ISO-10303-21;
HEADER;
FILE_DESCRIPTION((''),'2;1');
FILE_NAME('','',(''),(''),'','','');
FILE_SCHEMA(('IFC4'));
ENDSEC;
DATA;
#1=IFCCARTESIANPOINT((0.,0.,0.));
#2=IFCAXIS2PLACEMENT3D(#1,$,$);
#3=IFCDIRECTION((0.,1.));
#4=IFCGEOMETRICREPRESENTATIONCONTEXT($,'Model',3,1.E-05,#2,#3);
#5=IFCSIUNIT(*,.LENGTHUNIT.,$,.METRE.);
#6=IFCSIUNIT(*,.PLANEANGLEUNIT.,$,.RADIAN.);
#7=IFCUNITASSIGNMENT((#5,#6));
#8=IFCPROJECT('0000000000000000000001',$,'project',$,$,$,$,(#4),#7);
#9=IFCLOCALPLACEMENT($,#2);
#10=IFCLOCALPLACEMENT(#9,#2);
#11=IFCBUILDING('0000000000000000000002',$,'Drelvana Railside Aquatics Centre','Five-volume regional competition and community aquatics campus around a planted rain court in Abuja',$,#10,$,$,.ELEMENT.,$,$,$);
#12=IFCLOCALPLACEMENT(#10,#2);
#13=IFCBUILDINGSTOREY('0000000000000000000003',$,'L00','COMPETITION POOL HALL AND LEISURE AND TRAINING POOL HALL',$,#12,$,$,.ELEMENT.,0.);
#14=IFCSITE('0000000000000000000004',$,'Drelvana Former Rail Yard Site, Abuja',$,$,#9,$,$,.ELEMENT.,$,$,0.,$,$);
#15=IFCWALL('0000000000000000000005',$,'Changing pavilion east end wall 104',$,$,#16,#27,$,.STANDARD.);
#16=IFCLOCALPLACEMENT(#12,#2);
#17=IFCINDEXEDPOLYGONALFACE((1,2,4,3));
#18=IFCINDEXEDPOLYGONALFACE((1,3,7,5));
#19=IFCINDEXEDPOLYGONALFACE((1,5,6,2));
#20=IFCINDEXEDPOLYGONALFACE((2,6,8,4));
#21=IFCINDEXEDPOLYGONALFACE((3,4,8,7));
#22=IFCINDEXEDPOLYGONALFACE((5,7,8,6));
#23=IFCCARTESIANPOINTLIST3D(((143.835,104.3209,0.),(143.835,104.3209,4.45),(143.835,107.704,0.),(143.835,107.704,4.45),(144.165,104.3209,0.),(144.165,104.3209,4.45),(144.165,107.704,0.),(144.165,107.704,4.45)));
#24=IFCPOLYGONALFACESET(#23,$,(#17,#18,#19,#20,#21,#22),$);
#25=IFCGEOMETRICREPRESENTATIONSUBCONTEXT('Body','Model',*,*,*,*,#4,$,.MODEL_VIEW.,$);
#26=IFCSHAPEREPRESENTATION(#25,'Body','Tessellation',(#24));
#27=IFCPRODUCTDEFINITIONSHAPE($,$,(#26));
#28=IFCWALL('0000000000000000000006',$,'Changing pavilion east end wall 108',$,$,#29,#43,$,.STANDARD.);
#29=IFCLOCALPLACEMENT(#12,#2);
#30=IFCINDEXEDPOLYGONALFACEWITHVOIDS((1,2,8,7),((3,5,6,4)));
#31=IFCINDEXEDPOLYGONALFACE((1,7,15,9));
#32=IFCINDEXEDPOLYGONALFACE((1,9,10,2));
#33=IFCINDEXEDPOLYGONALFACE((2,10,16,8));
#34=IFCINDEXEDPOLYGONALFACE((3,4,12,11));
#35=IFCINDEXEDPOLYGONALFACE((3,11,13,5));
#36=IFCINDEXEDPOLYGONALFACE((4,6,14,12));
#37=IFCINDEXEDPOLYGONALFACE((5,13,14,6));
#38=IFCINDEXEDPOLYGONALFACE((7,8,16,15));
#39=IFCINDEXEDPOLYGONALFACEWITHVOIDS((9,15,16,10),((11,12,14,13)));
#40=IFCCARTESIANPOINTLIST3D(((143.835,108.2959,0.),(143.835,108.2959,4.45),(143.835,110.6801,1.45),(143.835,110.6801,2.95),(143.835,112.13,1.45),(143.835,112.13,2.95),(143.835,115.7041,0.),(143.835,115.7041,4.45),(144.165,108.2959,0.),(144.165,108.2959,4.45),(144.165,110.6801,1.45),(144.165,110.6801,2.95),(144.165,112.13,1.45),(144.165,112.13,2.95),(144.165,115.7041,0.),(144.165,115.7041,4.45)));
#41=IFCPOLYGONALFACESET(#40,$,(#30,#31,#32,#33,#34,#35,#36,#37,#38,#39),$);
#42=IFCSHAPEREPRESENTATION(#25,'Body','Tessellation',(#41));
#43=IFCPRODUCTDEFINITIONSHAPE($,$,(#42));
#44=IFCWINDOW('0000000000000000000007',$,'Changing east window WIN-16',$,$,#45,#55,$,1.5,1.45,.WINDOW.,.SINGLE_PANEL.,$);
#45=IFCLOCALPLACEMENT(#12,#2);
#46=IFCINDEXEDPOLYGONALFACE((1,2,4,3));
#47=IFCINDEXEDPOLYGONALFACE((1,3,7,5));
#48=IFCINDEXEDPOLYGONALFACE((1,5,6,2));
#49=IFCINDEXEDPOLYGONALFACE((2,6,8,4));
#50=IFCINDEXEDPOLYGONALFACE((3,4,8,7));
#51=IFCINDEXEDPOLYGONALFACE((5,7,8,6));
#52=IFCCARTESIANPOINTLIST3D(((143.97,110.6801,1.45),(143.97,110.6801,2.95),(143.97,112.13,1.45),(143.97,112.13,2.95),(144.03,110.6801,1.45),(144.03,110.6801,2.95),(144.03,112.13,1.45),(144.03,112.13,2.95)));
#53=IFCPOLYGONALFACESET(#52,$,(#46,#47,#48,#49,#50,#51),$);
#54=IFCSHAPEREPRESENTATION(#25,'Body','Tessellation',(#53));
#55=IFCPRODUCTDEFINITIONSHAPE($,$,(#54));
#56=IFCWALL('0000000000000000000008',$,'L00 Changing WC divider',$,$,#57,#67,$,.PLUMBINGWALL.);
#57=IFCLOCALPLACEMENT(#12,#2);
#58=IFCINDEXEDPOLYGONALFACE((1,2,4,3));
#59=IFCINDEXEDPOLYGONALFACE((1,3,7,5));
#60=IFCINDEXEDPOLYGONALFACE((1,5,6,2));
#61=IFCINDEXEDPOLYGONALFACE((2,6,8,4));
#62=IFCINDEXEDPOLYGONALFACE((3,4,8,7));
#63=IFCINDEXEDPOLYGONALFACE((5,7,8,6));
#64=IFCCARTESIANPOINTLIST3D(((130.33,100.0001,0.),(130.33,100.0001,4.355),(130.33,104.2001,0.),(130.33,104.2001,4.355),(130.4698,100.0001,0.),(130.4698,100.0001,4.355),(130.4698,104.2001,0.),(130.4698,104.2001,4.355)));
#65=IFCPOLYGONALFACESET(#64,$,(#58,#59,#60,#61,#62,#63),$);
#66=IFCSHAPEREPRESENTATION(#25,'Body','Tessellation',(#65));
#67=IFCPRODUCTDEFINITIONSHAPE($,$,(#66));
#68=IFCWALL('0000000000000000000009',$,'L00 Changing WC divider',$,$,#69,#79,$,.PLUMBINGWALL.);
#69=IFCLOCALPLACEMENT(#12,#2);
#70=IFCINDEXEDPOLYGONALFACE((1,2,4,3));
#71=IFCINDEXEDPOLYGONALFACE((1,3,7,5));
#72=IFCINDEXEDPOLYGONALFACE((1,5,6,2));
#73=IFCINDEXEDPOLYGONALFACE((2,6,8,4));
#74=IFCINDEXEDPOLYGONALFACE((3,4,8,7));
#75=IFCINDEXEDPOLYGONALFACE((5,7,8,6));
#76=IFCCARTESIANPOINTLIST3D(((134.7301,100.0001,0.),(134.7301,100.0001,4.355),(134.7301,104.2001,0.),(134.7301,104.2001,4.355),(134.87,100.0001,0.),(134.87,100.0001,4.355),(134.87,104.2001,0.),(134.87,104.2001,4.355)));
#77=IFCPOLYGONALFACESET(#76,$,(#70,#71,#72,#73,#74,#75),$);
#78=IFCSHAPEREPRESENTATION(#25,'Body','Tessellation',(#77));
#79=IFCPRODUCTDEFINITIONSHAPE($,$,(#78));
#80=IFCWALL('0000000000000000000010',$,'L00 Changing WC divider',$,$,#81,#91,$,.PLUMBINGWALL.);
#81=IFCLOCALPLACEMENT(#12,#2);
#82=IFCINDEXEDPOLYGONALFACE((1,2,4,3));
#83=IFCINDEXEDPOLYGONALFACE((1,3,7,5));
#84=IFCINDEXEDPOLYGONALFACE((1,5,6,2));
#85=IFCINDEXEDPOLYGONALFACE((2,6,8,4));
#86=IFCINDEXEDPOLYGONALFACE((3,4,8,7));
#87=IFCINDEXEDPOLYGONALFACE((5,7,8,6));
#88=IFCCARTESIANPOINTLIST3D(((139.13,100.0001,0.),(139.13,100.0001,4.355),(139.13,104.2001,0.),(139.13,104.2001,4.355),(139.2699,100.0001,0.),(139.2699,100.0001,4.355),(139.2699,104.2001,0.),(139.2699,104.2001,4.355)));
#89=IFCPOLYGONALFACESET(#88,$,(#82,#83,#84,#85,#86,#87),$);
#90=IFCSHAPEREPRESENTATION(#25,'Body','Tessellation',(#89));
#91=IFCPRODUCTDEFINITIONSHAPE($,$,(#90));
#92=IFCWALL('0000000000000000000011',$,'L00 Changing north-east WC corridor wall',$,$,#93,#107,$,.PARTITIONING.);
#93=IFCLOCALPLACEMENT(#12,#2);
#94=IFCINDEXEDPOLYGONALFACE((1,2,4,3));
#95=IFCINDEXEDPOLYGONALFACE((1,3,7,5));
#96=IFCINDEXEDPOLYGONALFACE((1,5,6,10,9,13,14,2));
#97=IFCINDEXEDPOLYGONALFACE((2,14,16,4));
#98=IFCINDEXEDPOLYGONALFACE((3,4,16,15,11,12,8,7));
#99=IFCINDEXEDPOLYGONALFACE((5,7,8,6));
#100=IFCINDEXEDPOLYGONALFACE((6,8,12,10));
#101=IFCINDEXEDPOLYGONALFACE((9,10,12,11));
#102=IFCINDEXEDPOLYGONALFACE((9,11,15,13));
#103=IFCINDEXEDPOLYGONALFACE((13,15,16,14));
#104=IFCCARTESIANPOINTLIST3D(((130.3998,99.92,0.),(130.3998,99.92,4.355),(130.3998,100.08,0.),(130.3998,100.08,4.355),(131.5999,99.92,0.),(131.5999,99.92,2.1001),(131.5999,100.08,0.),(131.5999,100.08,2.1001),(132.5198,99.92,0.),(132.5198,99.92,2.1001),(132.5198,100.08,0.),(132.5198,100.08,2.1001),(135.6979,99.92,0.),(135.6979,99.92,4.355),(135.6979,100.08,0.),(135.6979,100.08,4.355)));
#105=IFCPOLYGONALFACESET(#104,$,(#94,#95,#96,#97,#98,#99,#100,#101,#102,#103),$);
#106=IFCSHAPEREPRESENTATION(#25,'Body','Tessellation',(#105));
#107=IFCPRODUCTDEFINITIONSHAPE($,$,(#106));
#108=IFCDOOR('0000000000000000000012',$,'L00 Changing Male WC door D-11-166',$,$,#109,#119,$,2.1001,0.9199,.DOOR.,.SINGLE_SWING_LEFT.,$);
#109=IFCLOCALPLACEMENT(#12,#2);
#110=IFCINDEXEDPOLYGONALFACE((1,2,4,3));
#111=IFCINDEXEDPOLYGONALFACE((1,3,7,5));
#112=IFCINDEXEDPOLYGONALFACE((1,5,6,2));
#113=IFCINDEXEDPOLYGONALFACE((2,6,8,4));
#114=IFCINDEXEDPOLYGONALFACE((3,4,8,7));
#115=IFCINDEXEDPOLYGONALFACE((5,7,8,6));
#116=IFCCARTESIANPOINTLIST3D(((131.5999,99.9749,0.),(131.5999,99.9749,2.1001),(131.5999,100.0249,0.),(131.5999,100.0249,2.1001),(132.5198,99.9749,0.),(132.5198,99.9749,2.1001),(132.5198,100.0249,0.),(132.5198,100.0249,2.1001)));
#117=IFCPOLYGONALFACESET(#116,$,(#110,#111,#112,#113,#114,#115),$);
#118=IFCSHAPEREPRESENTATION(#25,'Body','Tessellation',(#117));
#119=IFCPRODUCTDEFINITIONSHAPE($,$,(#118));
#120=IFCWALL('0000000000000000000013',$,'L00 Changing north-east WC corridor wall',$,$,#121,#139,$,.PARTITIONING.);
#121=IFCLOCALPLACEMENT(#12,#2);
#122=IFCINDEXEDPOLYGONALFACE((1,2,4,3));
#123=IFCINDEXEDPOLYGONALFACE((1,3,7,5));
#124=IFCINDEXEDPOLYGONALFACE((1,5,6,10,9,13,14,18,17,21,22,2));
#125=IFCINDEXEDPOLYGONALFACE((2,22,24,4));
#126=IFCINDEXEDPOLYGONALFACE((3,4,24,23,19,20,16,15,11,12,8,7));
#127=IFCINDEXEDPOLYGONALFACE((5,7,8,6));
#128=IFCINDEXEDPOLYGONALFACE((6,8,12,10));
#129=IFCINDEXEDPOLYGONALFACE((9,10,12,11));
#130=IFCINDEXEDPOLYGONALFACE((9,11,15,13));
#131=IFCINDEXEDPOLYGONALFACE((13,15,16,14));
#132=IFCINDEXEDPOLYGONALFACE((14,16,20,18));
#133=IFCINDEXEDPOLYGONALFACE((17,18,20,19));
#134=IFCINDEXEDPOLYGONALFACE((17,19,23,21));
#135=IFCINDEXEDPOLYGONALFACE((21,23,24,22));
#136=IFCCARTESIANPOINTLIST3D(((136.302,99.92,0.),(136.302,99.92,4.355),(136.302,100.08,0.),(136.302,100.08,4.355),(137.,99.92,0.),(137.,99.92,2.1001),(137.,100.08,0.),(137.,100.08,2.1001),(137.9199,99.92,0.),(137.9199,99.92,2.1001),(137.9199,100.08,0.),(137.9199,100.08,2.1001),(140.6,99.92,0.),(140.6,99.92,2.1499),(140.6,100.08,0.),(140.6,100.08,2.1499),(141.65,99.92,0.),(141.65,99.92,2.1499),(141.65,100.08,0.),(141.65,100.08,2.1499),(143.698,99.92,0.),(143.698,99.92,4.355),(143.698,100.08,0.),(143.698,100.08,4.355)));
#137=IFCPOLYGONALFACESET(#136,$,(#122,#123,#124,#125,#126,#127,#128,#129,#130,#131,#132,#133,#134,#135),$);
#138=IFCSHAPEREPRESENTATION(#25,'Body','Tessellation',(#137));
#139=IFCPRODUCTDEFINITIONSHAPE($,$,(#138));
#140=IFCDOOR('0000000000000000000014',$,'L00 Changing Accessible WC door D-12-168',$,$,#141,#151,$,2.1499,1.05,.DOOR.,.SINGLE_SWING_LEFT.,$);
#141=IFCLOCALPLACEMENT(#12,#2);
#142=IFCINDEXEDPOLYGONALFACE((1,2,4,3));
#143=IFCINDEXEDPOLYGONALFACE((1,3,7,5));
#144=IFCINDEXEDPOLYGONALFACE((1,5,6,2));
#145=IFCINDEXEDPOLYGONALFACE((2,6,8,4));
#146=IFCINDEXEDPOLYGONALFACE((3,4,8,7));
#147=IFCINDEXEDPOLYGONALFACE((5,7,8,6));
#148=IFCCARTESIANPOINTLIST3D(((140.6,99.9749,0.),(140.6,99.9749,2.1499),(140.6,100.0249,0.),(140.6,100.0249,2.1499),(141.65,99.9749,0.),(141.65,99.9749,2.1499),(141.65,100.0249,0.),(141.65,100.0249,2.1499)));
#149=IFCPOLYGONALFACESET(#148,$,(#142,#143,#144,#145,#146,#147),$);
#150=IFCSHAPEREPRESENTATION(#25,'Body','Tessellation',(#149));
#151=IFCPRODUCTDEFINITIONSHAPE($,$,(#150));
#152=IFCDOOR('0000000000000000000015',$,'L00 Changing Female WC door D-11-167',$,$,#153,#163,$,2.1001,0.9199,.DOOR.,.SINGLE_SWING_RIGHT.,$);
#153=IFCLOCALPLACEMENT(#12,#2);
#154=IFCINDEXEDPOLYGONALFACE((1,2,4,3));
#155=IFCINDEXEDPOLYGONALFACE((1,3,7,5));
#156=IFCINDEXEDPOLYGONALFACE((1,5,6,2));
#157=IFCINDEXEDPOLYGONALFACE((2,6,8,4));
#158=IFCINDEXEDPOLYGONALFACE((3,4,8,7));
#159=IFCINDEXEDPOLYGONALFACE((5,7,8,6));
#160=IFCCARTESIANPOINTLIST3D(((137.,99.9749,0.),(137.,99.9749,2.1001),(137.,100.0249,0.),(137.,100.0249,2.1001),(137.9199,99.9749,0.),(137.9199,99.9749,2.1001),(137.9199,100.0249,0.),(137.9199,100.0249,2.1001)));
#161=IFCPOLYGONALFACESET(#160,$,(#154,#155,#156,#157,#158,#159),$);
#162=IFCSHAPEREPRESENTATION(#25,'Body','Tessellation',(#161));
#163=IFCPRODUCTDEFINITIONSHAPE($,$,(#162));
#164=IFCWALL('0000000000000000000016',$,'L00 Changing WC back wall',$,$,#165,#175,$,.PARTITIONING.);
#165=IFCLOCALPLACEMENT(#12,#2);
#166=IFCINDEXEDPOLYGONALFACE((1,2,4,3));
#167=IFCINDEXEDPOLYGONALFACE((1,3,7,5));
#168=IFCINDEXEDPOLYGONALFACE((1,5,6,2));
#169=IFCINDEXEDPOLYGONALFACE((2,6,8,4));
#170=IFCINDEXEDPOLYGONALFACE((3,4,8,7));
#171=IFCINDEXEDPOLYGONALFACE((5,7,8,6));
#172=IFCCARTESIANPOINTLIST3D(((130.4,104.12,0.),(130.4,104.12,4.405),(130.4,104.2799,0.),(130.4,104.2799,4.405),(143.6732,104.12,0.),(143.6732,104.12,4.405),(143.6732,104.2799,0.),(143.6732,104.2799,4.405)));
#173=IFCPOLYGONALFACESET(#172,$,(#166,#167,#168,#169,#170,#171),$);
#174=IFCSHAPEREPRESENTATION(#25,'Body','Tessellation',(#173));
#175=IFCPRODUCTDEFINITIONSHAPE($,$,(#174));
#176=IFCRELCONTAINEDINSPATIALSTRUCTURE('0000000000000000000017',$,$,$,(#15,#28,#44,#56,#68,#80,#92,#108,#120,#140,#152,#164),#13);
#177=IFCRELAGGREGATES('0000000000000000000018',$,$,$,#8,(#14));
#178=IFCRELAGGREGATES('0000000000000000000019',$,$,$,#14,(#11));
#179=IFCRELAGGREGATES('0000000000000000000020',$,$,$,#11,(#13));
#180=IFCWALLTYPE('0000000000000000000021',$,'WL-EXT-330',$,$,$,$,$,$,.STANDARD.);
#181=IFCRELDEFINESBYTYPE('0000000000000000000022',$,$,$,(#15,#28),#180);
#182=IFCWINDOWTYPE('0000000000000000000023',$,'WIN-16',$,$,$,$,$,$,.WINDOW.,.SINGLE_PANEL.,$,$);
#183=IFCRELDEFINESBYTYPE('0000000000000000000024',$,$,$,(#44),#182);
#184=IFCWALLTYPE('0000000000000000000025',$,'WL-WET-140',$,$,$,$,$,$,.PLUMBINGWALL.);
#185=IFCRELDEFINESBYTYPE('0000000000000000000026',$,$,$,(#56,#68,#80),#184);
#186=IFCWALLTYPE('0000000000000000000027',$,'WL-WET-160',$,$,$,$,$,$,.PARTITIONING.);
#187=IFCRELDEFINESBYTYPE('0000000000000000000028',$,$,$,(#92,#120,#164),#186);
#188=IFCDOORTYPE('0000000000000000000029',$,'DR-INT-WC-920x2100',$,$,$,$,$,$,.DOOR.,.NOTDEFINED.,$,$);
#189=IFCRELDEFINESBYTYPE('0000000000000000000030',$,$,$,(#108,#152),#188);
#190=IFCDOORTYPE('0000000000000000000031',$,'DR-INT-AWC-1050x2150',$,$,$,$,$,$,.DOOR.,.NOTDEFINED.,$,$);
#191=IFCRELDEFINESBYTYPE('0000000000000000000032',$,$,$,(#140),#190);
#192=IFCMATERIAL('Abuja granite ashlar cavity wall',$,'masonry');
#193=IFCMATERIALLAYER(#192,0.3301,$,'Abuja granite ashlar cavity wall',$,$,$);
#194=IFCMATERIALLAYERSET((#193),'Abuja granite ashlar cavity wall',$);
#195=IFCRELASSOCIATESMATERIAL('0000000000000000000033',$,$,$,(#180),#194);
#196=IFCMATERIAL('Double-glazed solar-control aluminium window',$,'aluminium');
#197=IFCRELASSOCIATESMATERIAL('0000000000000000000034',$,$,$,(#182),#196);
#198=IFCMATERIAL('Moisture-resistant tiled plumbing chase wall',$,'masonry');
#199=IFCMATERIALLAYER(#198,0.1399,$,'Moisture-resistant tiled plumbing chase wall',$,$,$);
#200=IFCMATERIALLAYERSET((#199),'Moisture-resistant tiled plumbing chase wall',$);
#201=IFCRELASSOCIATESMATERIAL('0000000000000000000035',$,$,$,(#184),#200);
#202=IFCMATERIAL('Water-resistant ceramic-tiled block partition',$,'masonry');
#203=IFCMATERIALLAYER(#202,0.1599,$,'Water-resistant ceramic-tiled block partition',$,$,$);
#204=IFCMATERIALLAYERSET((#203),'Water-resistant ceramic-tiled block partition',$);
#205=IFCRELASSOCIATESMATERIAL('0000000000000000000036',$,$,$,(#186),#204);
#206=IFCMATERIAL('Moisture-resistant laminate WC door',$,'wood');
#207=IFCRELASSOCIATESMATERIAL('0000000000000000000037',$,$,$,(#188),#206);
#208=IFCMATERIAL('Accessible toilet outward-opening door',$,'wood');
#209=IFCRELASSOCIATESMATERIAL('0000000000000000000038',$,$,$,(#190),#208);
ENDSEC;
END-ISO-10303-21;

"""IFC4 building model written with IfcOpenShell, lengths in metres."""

from ifc_helpers import new_model, si_unit, direction, frame, frame_2d, origin, place, context, subcontext, project, spatial, rectangle, extrude, material, layer, layer_set, type_object, element, fill, save


model = new_model("IFC4")

# Units and contexts
model_context = context("Model", 3, precision=1e-05, world=origin(), true_north=direction((0.0, 1.0)))
body_context = subcontext(model_context, "Body", "Model", "MODEL_VIEW")
ifc_project = project(units=[si_unit("LENGTHUNIT", "METRE"), si_unit("PLANEANGLEUNIT", "RADIAN")], contexts=[model_context])

# Site, building, storey
site_placement = place(None, origin())
site = spatial("IfcSite", under=ifc_project, at=site_placement, Name="Drelvana Former Rail Yard Site, Abuja", CompositionType="ELEMENT", RefElevation=0.0)
building_placement = place(site_placement, origin())
building = spatial("IfcBuilding", under=site, at=building_placement, Name="Drelvana Railside Aquatics Centre", Description="Five-volume regional competition and community aquatics campus around a planted rain court in Abuja", CompositionType="ELEMENT")
storey_placement = place(building_placement, origin())
storey = spatial("IfcBuildingStorey", under=building, at=storey_placement, Name="L00", Description="COMPETITION POOL HALL AND LEISURE AND TRAINING POOL HALL", CompositionType="ELEMENT", Elevation=0.0)

# Wall
ifc_material_1 = material(Name="Abuja granite ashlar cavity wall", Category="masonry")
ifc_layer_1 = layer(ifc_material_1, 0.3301, Name="Abuja granite ashlar cavity wall")
ifc_layer_set_1 = layer_set([ifc_layer_1], Name="Abuja granite ashlar cavity wall")
wall_type_1 = type_object("IfcWallType", Name="WL-EXT-330", PredefinedType="STANDARD", material=ifc_layer_set_1)
wall_1_placement = place(storey_placement, frame((144.0, 104.321, 0.0), z_axis=(0.0, 0.0, 1.0), x_axis=(0.0, 1.0, 0.0)))
element("IfcWall", 1, at=wall_1_placement, inside=storey, type_object=wall_type_1, Name="Changing pavilion east end wall 104", PredefinedType="STANDARD", context=body_context, shape_type="SweptSolid", body=[
    extrude(rectangle(XDim=3.3831, YDim=0.3301, at=frame_2d((1.6914, 0.0))), origin(), (0.0, 0.0, 1.0), 4.45),
])

# Wall, opening, window
wall_2_placement = place(storey_placement, frame((144.0, 108.2959, 0.0), z_axis=(0.0, 0.0, 1.0), x_axis=(0.0, 1.0, 0.0)))
wall_2 = element("IfcWall", 2, at=wall_2_placement, inside=storey, type_object=wall_type_1, Name="Changing pavilion east end wall 108", PredefinedType="STANDARD", context=body_context, shape_type="SweptSolid", body=[
    extrude(rectangle(XDim=7.4082, YDim=0.3301, at=frame_2d((3.7041, 0.0))), origin(), (0.0, 0.0, 1.0), 4.45),
])
opening_1_placement = place(wall_2_placement, frame((2.384, 0.0, 1.45)))
opening_1 = element("IfcOpeningElement", 3, at=opening_1_placement, cuts=wall_2, PredefinedType="OPENING", context=body_context, shape_type="SweptSolid", body=[
    extrude(rectangle(XDim=1.45, YDim=1.5, at=frame_2d((0.7251, 0.75))), frame((0.0, 0.175, 0.0), z_axis=(0.0, -1.0, 0.0), x_axis=(1.0, 0.0, 0.0)), (0.0, 0.0, 1.0), 0.3501),
])
ifc_material_2 = material(Name="Double-glazed solar-control aluminium window", Category="aluminium")
window_type = type_object("IfcWindowType", Name="WIN-16", PartitioningType="SINGLE_PANEL", PredefinedType="WINDOW", material=ifc_material_2)
window_placement = place(opening_1_placement, origin())
window = element("IfcWindow", 4, at=window_placement, inside=storey, type_object=window_type, Name="Changing east window WIN-16", OverallHeight=1.5, OverallWidth=1.45, PartitioningType="SINGLE_PANEL", PredefinedType="WINDOW", context=body_context, shape_type="SweptSolid", body=[
    extrude(rectangle(XDim=1.45, YDim=1.5, at=frame_2d((0.7251, 0.75))), frame((0.0, 0.03, 0.0), z_axis=(0.0, -1.0, 0.0), x_axis=(1.0, 0.0, 0.0)), (0.0, 0.0, 1.0), 0.0601),
])
fill(opening_1, window)

# Walls
ifc_material_3 = material(Name="Moisture-resistant tiled plumbing chase wall", Category="masonry")
ifc_layer_2 = layer(ifc_material_3, 0.1399, Name="Moisture-resistant tiled plumbing chase wall")
ifc_layer_set_2 = layer_set([ifc_layer_2], Name="Moisture-resistant tiled plumbing chase wall")
wall_type_2 = type_object("IfcWallType", Name="WL-WET-140", PredefinedType="PLUMBINGWALL", material=ifc_layer_set_2)
for number, where, z_axis, x_axis, name in (
    (5, (130.3999, 100.0, 0.0), (0.0, 0.0, 1.0), (0.0, 1.0, 0.0), "L00 Changing WC divider"),
    (6, (134.8, 100.0, 0.0), (0.0, 0.0, 1.0), (0.0, 1.0, 0.0), "L00 Changing WC divider"),
    (7, (139.2, 100.0, 0.0), (0.0, 0.0, 1.0), (0.0, 1.0, 0.0), "L00 Changing WC divider"),
):
    element("IfcWall", number, at=place(storey_placement, frame(where, z_axis=z_axis, x_axis=x_axis)), inside=storey, type_object=wall_type_2, Name=name, PredefinedType="PLUMBINGWALL", context=body_context, shape_type="SweptSolid", body=[
        extrude(rectangle(XDim=4.2, YDim=0.1399, at=frame_2d((2.1001, 0.0))), origin(), (0.0, 0.0, 1.0), 4.355),
    ])

# Wall, opening, door
ifc_material_4 = material(Name="Water-resistant ceramic-tiled block partition", Category="masonry")
ifc_layer_3 = layer(ifc_material_4, 0.1599, Name="Water-resistant ceramic-tiled block partition")
ifc_layer_set_3 = layer_set([ifc_layer_3], Name="Water-resistant ceramic-tiled block partition")
wall_type_3 = type_object("IfcWallType", Name="WL-WET-160", PredefinedType="PARTITIONING", material=ifc_layer_set_3)
wall_3_placement = place(storey_placement, frame((130.3999, 100.0, 0.0), z_axis=(0.0, 0.0, 1.0), x_axis=(1.0, 0.0, 0.0)))
wall_3 = element("IfcWall", 8, at=wall_3_placement, inside=storey, type_object=wall_type_3, Name="L00 Changing north-east WC corridor wall", PredefinedType="PARTITIONING", context=body_context, shape_type="SweptSolid", body=[
    extrude(rectangle(XDim=5.2981, YDim=0.1599, at=frame_2d((2.6489, 0.0))), origin(), (0.0, 0.0, 1.0), 4.355),
])
opening_2_placement = place(wall_3_placement, frame((1.2, 0.0, 0.0)))
opening_2 = element("IfcOpeningElement", 9, at=opening_2_placement, cuts=wall_3, PredefinedType="OPENING", context=body_context, shape_type="SweptSolid", body=[
    extrude(rectangle(XDim=0.9199, YDim=2.1001, at=frame_2d((0.46, 1.05))), frame((0.0, 0.0898, 0.0), z_axis=(0.0, -1.0, 0.0), x_axis=(1.0, 0.0, 0.0)), (0.0, 0.0, 1.0), 0.1799),
])
ifc_material_5 = material(Name="Moisture-resistant laminate WC door", Category="wood")
door_type_1 = type_object("IfcDoorType", Name="DR-INT-WC-920x2100", OperationType="NOTDEFINED", PredefinedType="DOOR", material=ifc_material_5)
door_1_placement = place(opening_2_placement, origin())
door_1 = element("IfcDoor", 10, at=door_1_placement, inside=storey, type_object=door_type_1, Name="L00 Changing Male WC door D-11-166", OperationType="SINGLE_SWING_LEFT", OverallHeight=2.1001, OverallWidth=0.9199, PredefinedType="DOOR", context=body_context, shape_type="SweptSolid", body=[
    extrude(rectangle(XDim=0.9199, YDim=2.1001, at=frame_2d((0.46, 1.05))), frame((0.0, 0.0249, 0.0), z_axis=(0.0, -1.0, 0.0), x_axis=(1.0, 0.0, 0.0)), (0.0, 0.0, 1.0), 0.05),
])
fill(opening_2, door_1)

# Wall, openings, doors
wall_4_placement = place(storey_placement, frame((136.302, 100.0, 0.0), z_axis=(0.0, 0.0, 1.0), x_axis=(1.0, 0.0, 0.0)))
wall_4 = element("IfcWall", 11, at=wall_4_placement, inside=storey, type_object=wall_type_3, Name="L00 Changing north-east WC corridor wall", PredefinedType="PARTITIONING", context=body_context, shape_type="SweptSolid", body=[
    extrude(rectangle(XDim=7.396, YDim=0.1599, at=frame_2d((3.698, 0.0))), origin(), (0.0, 0.0, 1.0), 4.355),
])
opening_3_placement = place(wall_4_placement, frame((0.698, 0.0, 0.0)))
opening_3 = element("IfcOpeningElement", 12, at=opening_3_placement, cuts=wall_4, PredefinedType="OPENING", context=body_context, shape_type="SweptSolid", body=[
    extrude(rectangle(XDim=0.9199, YDim=2.1001, at=frame_2d((0.46, 1.05))), frame((0.0, 0.0898, 0.0), z_axis=(0.0, -1.0, 0.0), x_axis=(1.0, 0.0, 0.0)), (0.0, 0.0, 1.0), 0.1799),
])
opening_4_placement = place(wall_4_placement, frame((4.2981, 0.0, 0.0)))
opening_4 = element("IfcOpeningElement", 13, at=opening_4_placement, cuts=wall_4, PredefinedType="OPENING", context=body_context, shape_type="SweptSolid", body=[
    extrude(rectangle(XDim=1.05, YDim=2.1499, at=frame_2d((0.5249, 1.075))), frame((0.0, 0.0898, 0.0), z_axis=(0.0, -1.0, 0.0), x_axis=(1.0, 0.0, 0.0)), (0.0, 0.0, 1.0), 0.1799),
])
ifc_material_6 = material(Name="Accessible toilet outward-opening door", Category="wood")
door_type_2 = type_object("IfcDoorType", Name="DR-INT-AWC-1050x2150", OperationType="NOTDEFINED", PredefinedType="DOOR", material=ifc_material_6)
door_2_placement = place(opening_4_placement, origin())
door_2 = element("IfcDoor", 14, at=door_2_placement, inside=storey, type_object=door_type_2, Name="L00 Changing Accessible WC door D-12-168", OperationType="SINGLE_SWING_LEFT", OverallHeight=2.1499, OverallWidth=1.05, PredefinedType="DOOR", context=body_context, shape_type="SweptSolid", body=[
    extrude(rectangle(XDim=1.05, YDim=2.1499, at=frame_2d((0.5249, 1.075))), frame((0.0, 0.0249, 0.0), z_axis=(0.0, -1.0, 0.0), x_axis=(1.0, 0.0, 0.0)), (0.0, 0.0, 1.0), 0.05),
])
fill(opening_4, door_2)
door_3_placement = place(opening_3_placement, origin())
door_3 = element("IfcDoor", 15, at=door_3_placement, inside=storey, type_object=door_type_1, Name="L00 Changing Female WC door D-11-167", OperationType="SINGLE_SWING_RIGHT", OverallHeight=2.1001, OverallWidth=0.9199, PredefinedType="DOOR", context=body_context, shape_type="SweptSolid", body=[
    extrude(rectangle(XDim=0.9199, YDim=2.1001, at=frame_2d((0.46, 1.05))), frame((0.0, 0.0249, 0.0), z_axis=(0.0, -1.0, 0.0), x_axis=(1.0, 0.0, 0.0)), (0.0, 0.0, 1.0), 0.05),
])
fill(opening_3, door_3)

# Wall
wall_5_placement = place(storey_placement, frame((130.3999, 104.2, 0.0), z_axis=(0.0, 0.0, 1.0), x_axis=(1.0, 0.0, 0.0)))
element("IfcWall", 16, at=wall_5_placement, inside=storey, type_object=wall_type_3, Name="L00 Changing WC back wall", PredefinedType="PARTITIONING", context=body_context, shape_type="SweptSolid", body=[
    extrude(rectangle(XDim=13.2732, YDim=0.1599, at=frame_2d((6.6367, 0.0))), origin(), (0.0, 0.0, 1.0), 4.405),
])

save(model, "model.ifc")
